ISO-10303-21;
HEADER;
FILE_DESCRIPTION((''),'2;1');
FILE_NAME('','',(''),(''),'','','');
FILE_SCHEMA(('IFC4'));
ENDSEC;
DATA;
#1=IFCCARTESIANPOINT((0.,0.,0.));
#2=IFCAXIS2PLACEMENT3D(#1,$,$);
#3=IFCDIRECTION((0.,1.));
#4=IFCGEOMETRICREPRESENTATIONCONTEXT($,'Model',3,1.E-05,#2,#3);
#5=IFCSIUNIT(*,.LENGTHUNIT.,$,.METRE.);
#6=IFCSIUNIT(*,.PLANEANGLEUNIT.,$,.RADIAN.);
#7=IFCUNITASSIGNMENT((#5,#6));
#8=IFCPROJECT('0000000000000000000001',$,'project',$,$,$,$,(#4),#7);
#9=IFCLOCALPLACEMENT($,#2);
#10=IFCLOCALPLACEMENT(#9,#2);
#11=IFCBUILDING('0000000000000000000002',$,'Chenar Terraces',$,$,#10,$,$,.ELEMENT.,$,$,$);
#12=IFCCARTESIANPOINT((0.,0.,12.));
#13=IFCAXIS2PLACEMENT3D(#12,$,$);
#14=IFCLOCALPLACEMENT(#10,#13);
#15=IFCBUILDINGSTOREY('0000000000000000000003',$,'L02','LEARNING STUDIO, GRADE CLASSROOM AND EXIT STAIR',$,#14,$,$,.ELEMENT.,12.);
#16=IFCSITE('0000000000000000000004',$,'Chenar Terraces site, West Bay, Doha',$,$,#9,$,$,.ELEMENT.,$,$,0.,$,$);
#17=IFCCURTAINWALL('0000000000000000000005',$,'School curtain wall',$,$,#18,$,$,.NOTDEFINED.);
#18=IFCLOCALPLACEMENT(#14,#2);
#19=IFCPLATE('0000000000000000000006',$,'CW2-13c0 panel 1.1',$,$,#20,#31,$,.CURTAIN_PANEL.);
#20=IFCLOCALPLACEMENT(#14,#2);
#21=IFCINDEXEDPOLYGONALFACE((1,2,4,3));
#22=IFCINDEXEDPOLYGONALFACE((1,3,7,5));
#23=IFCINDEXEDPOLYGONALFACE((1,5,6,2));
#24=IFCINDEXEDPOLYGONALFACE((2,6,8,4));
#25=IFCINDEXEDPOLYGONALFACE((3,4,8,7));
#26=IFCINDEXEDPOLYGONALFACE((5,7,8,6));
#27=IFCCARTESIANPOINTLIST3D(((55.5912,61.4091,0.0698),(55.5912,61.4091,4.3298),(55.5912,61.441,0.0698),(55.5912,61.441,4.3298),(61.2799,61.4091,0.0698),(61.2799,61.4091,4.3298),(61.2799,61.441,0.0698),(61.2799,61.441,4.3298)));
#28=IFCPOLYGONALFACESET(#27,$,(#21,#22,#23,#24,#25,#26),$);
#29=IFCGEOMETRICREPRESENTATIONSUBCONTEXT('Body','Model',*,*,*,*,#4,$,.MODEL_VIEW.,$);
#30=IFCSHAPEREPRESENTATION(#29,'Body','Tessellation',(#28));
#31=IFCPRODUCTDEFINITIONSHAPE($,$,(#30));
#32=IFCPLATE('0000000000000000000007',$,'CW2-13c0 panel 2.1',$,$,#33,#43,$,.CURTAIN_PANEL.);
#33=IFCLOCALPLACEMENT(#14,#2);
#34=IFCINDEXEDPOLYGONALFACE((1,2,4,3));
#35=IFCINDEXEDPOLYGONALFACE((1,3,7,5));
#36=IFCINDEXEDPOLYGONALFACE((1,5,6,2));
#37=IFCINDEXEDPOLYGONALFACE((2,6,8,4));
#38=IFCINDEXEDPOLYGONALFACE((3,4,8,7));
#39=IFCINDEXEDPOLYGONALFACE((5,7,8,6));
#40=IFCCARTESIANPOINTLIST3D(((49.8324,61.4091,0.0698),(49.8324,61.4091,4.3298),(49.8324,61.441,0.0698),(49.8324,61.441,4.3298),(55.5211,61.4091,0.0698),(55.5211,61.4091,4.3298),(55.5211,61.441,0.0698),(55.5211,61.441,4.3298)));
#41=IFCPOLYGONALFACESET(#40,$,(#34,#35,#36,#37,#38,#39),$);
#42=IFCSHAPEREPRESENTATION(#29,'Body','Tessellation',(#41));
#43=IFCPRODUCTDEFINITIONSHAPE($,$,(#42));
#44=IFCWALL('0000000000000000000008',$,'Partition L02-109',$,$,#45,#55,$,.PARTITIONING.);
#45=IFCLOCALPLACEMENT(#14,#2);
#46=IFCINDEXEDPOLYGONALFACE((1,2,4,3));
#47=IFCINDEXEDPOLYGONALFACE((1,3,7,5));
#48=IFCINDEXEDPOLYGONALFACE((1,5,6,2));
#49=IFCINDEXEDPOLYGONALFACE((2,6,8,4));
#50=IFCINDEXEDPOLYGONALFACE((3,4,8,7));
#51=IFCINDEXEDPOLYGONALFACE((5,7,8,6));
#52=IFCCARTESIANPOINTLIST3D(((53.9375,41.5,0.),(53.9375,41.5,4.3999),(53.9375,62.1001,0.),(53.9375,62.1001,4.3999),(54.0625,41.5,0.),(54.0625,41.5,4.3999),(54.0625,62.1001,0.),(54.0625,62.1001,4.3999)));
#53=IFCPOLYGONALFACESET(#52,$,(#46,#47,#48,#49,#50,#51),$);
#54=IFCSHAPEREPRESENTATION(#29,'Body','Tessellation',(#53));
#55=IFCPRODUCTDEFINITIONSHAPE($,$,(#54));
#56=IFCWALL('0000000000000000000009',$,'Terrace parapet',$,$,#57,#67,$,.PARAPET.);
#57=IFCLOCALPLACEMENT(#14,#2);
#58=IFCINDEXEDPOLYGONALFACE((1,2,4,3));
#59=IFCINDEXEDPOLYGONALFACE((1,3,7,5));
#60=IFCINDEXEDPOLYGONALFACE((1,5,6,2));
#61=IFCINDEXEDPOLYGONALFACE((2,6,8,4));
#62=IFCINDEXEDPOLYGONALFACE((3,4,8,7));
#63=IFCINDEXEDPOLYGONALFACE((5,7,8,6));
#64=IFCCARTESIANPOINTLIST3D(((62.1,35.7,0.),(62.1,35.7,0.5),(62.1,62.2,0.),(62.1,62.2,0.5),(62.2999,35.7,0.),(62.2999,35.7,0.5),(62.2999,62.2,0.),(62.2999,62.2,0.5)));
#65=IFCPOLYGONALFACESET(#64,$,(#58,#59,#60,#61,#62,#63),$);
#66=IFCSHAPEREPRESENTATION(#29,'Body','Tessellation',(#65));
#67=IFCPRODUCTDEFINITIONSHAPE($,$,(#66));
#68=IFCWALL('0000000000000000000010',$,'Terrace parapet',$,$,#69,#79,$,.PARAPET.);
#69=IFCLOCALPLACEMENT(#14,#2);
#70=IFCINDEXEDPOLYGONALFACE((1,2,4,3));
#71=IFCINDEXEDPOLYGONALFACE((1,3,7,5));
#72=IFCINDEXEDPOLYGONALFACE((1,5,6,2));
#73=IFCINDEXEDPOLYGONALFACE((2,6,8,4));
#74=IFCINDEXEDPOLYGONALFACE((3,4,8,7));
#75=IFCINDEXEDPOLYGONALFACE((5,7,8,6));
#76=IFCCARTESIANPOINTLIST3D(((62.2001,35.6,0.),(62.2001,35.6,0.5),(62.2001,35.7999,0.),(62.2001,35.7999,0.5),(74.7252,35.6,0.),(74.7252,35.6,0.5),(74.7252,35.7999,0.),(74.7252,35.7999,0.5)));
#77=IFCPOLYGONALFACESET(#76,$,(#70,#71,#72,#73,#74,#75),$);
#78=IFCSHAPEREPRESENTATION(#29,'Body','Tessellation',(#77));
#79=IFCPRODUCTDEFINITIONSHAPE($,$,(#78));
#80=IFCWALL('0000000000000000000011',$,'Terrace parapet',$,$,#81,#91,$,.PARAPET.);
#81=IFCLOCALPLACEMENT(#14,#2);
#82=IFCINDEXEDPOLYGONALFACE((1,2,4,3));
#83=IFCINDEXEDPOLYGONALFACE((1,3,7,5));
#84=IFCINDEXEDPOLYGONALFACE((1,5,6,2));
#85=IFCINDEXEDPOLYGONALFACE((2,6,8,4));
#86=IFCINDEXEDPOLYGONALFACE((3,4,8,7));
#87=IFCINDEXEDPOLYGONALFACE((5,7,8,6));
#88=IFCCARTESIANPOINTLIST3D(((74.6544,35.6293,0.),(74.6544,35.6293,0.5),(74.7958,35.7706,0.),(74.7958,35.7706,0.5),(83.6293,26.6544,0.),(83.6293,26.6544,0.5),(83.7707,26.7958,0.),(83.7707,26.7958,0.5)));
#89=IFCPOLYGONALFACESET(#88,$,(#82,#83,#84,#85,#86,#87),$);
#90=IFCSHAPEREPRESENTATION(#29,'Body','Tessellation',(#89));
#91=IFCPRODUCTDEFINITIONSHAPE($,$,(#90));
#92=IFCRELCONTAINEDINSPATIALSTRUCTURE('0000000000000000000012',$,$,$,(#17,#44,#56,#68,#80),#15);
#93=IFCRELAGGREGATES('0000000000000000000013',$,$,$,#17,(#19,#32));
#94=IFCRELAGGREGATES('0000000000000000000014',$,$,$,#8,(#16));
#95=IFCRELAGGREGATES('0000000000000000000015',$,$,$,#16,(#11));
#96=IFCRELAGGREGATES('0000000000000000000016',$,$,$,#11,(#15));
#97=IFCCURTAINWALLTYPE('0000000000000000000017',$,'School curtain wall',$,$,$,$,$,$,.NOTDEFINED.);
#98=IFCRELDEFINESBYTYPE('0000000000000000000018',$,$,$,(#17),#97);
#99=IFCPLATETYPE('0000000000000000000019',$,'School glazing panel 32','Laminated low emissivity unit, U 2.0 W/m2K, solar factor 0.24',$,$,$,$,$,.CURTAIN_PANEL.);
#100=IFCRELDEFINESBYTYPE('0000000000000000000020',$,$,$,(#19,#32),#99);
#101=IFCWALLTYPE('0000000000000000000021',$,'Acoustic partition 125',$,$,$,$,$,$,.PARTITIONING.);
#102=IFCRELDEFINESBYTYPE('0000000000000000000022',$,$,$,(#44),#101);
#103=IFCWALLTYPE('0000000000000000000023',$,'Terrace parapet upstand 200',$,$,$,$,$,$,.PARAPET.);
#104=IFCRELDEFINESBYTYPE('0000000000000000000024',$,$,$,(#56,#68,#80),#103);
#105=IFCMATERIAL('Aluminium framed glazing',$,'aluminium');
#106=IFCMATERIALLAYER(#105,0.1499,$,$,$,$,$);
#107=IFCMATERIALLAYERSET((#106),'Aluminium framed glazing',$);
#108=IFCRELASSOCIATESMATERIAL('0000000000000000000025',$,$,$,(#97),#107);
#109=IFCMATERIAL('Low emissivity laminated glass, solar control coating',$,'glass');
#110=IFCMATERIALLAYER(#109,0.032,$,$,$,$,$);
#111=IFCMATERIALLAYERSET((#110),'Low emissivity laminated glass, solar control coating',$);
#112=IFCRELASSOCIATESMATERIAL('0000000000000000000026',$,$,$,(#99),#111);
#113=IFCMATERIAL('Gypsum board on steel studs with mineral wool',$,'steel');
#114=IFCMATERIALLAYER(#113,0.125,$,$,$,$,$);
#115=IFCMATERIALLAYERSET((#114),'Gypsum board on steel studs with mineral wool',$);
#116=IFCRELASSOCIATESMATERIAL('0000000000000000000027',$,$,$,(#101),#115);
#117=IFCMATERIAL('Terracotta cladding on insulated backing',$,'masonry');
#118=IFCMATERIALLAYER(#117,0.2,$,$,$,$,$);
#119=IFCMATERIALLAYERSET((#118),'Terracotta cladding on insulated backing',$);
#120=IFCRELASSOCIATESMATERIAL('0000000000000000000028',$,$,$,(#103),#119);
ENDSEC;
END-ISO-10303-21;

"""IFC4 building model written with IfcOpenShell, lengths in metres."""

from ifc_helpers import new_model, si_unit, direction, frame, frame_2d, origin, origin_2d, place, context, subcontext, project, spatial, rectangle, extrude, material, layer, layer_set, type_object, element, aggregate, save


model = new_model("IFC4")

# Units and contexts
model_context = context("Model", 3, precision=1e-05, world=origin(), true_north=direction((0.0, 1.0)))
body_context = subcontext(model_context, "Body", "Model", "MODEL_VIEW")
ifc_project = project(units=[si_unit("LENGTHUNIT", "METRE"), si_unit("PLANEANGLEUNIT", "RADIAN")], contexts=[model_context])

# Site, building, storey
site_placement = place(None, origin())
site = spatial("IfcSite", under=ifc_project, at=site_placement, Name="Chenar Terraces site, West Bay, Doha", CompositionType="ELEMENT", RefElevation=0.0)
building_placement = place(site_placement, origin())
building = spatial("IfcBuilding", under=site, at=building_placement, Name="Chenar Terraces", CompositionType="ELEMENT")
storey_placement = place(building_placement, frame((0.0, 0.0, 12.0)))
storey = spatial("IfcBuildingStorey", under=building, at=storey_placement, Name="L02", Description="LEARNING STUDIO, GRADE CLASSROOM AND EXIT STAIR", CompositionType="ELEMENT", Elevation=12.0)

# Shared definitions
ifc_material_1 = material(Name="Aluminium framed glazing", Category="aluminium")
ifc_layer_1 = layer(ifc_material_1, 0.1499)
ifc_layer_set_1 = layer_set([ifc_layer_1], Name="Aluminium framed glazing")
curtain_wall_type = type_object("IfcCurtainWallType", Name="School curtain wall", PredefinedType="NOTDEFINED", material=ifc_layer_set_1)
placement = place(storey_placement, origin())

# Curtain wall
curtain_wall_1 = element("IfcCurtainWall", 1, at=placement, inside=storey, type_object=curtain_wall_type, Name="School curtain wall", PredefinedType="NOTDEFINED")

# Plates
ifc_material_2 = material(Name="Low emissivity laminated glass, solar control coating", Category="glass")
ifc_layer_2 = layer(ifc_material_2, 0.032)
ifc_layer_set_2 = layer_set([ifc_layer_2], Name="Low emissivity laminated glass, solar control coating")
plate_type = type_object("IfcPlateType", Name="School glazing panel 32", Description="Laminated low emissivity unit, U 2.0 W/m2K, solar factor 0.24", PredefinedType="CURTAIN_PANEL", material=ifc_layer_set_2)
plate_1_placement = place(storey_placement, frame((58.4355, 61.425, 0.0698), z_axis=(0.0, 0.0, 1.0), x_axis=(-1.0, 0.0, 0.0)))
plate_1 = element("IfcPlate", 2, at=plate_1_placement, type_object=plate_type, Name="CW2-13c0 panel 1.1", PredefinedType="CURTAIN_PANEL", context=body_context, shape_type="SweptSolid", body=[
    extrude(rectangle(XDim=5.6887, YDim=0.032, at=origin_2d()), origin(), (0.0, 0.0, 1.0), 4.26),
])
plate_2_placement = place(storey_placement, frame((52.6768, 61.425, 0.0698), z_axis=(0.0, 0.0, 1.0), x_axis=(-1.0, 0.0, 0.0)))
plate_2 = element("IfcPlate", 3, at=plate_2_placement, type_object=plate_type, Name="CW2-13c0 panel 2.1", PredefinedType="CURTAIN_PANEL", context=body_context, shape_type="SweptSolid", body=[
    extrude(rectangle(XDim=5.6887, YDim=0.032, at=origin_2d()), origin(), (0.0, 0.0, 1.0), 4.26),
])
aggregate(curtain_wall_1, [plate_1, plate_2])

# Wall
ifc_material_3 = material(Name="Gypsum board on steel studs with mineral wool", Category="steel")
ifc_layer_3 = layer(ifc_material_3, 0.125)
ifc_layer_set_3 = layer_set([ifc_layer_3], Name="Gypsum board on steel studs with mineral wool")
wall_type_1 = type_object("IfcWallType", Name="Acoustic partition 125", PredefinedType="PARTITIONING", material=ifc_layer_set_3)
wall_1_placement = place(storey_placement, frame((54.0, 41.5, 0.0), z_axis=(0.0, 0.0, 1.0), x_axis=(0.0, 1.0, 0.0)))
element("IfcWall", 4, at=wall_1_placement, inside=storey, type_object=wall_type_1, Name="Partition L02-109", PredefinedType="PARTITIONING", context=body_context, shape_type="SweptSolid", body=[
    extrude(rectangle(XDim=20.6001, YDim=0.125, at=frame_2d((10.3, 0.0))), origin(), (0.0, 0.0, 1.0), 4.3999),
])

# Walls
ifc_material_4 = material(Name="Terracotta cladding on insulated backing", Category="masonry")
ifc_layer_4 = layer(ifc_material_4, 0.2)
ifc_layer_set_4 = layer_set([ifc_layer_4], Name="Terracotta cladding on insulated backing")
wall_type_2 = type_object("IfcWallType", Name="Terrace parapet upstand 200", PredefinedType="PARAPET", material=ifc_layer_set_4)
wall_2_placement = place(storey_placement, frame((62.2, 62.2, 0.0), z_axis=(0.0, 0.0, 1.0), x_axis=(0.0, -1.0, 0.0)))
element("IfcWall", 5, at=wall_2_placement, inside=storey, type_object=wall_type_2, Name="Terrace parapet", PredefinedType="PARAPET", context=body_context, shape_type="SweptSolid", body=[
    extrude(rectangle(XDim=26.5, YDim=0.2, at=frame_2d((13.25, 0.0))), origin(), (0.0, 0.0, 1.0), 0.5),
])
wall_3_placement = place(storey_placement, frame((62.2, 35.7, 0.0), z_axis=(0.0, 0.0, 1.0), x_axis=(1.0, 0.0, 0.0)))
element("IfcWall", 6, at=wall_3_placement, inside=storey, type_object=wall_type_2, Name="Terrace parapet", PredefinedType="PARAPET", context=body_context, shape_type="SweptSolid", body=[
    extrude(rectangle(XDim=12.5251, YDim=0.2, at=frame_2d((6.2627, 0.0))), origin(), (0.0, 0.0, 1.0), 0.5),
])
wall_4_placement = place(storey_placement, frame((74.7251, 35.7, 0.0), z_axis=(0.0, 0.0, 1.0), x_axis=(0.707107, -0.707107, 0.0)))
element("IfcWall", 7, at=wall_4_placement, inside=storey, type_object=wall_type_2, Name="Terrace parapet", PredefinedType="PARAPET", context=body_context, shape_type="SweptSolid", body=[
    extrude(rectangle(XDim=12.6924, YDim=0.2, at=frame_2d((6.3462, 0.0))), origin(), (0.0, 0.0, 1.0), 0.5),
])

save(model, "model.ifc")
